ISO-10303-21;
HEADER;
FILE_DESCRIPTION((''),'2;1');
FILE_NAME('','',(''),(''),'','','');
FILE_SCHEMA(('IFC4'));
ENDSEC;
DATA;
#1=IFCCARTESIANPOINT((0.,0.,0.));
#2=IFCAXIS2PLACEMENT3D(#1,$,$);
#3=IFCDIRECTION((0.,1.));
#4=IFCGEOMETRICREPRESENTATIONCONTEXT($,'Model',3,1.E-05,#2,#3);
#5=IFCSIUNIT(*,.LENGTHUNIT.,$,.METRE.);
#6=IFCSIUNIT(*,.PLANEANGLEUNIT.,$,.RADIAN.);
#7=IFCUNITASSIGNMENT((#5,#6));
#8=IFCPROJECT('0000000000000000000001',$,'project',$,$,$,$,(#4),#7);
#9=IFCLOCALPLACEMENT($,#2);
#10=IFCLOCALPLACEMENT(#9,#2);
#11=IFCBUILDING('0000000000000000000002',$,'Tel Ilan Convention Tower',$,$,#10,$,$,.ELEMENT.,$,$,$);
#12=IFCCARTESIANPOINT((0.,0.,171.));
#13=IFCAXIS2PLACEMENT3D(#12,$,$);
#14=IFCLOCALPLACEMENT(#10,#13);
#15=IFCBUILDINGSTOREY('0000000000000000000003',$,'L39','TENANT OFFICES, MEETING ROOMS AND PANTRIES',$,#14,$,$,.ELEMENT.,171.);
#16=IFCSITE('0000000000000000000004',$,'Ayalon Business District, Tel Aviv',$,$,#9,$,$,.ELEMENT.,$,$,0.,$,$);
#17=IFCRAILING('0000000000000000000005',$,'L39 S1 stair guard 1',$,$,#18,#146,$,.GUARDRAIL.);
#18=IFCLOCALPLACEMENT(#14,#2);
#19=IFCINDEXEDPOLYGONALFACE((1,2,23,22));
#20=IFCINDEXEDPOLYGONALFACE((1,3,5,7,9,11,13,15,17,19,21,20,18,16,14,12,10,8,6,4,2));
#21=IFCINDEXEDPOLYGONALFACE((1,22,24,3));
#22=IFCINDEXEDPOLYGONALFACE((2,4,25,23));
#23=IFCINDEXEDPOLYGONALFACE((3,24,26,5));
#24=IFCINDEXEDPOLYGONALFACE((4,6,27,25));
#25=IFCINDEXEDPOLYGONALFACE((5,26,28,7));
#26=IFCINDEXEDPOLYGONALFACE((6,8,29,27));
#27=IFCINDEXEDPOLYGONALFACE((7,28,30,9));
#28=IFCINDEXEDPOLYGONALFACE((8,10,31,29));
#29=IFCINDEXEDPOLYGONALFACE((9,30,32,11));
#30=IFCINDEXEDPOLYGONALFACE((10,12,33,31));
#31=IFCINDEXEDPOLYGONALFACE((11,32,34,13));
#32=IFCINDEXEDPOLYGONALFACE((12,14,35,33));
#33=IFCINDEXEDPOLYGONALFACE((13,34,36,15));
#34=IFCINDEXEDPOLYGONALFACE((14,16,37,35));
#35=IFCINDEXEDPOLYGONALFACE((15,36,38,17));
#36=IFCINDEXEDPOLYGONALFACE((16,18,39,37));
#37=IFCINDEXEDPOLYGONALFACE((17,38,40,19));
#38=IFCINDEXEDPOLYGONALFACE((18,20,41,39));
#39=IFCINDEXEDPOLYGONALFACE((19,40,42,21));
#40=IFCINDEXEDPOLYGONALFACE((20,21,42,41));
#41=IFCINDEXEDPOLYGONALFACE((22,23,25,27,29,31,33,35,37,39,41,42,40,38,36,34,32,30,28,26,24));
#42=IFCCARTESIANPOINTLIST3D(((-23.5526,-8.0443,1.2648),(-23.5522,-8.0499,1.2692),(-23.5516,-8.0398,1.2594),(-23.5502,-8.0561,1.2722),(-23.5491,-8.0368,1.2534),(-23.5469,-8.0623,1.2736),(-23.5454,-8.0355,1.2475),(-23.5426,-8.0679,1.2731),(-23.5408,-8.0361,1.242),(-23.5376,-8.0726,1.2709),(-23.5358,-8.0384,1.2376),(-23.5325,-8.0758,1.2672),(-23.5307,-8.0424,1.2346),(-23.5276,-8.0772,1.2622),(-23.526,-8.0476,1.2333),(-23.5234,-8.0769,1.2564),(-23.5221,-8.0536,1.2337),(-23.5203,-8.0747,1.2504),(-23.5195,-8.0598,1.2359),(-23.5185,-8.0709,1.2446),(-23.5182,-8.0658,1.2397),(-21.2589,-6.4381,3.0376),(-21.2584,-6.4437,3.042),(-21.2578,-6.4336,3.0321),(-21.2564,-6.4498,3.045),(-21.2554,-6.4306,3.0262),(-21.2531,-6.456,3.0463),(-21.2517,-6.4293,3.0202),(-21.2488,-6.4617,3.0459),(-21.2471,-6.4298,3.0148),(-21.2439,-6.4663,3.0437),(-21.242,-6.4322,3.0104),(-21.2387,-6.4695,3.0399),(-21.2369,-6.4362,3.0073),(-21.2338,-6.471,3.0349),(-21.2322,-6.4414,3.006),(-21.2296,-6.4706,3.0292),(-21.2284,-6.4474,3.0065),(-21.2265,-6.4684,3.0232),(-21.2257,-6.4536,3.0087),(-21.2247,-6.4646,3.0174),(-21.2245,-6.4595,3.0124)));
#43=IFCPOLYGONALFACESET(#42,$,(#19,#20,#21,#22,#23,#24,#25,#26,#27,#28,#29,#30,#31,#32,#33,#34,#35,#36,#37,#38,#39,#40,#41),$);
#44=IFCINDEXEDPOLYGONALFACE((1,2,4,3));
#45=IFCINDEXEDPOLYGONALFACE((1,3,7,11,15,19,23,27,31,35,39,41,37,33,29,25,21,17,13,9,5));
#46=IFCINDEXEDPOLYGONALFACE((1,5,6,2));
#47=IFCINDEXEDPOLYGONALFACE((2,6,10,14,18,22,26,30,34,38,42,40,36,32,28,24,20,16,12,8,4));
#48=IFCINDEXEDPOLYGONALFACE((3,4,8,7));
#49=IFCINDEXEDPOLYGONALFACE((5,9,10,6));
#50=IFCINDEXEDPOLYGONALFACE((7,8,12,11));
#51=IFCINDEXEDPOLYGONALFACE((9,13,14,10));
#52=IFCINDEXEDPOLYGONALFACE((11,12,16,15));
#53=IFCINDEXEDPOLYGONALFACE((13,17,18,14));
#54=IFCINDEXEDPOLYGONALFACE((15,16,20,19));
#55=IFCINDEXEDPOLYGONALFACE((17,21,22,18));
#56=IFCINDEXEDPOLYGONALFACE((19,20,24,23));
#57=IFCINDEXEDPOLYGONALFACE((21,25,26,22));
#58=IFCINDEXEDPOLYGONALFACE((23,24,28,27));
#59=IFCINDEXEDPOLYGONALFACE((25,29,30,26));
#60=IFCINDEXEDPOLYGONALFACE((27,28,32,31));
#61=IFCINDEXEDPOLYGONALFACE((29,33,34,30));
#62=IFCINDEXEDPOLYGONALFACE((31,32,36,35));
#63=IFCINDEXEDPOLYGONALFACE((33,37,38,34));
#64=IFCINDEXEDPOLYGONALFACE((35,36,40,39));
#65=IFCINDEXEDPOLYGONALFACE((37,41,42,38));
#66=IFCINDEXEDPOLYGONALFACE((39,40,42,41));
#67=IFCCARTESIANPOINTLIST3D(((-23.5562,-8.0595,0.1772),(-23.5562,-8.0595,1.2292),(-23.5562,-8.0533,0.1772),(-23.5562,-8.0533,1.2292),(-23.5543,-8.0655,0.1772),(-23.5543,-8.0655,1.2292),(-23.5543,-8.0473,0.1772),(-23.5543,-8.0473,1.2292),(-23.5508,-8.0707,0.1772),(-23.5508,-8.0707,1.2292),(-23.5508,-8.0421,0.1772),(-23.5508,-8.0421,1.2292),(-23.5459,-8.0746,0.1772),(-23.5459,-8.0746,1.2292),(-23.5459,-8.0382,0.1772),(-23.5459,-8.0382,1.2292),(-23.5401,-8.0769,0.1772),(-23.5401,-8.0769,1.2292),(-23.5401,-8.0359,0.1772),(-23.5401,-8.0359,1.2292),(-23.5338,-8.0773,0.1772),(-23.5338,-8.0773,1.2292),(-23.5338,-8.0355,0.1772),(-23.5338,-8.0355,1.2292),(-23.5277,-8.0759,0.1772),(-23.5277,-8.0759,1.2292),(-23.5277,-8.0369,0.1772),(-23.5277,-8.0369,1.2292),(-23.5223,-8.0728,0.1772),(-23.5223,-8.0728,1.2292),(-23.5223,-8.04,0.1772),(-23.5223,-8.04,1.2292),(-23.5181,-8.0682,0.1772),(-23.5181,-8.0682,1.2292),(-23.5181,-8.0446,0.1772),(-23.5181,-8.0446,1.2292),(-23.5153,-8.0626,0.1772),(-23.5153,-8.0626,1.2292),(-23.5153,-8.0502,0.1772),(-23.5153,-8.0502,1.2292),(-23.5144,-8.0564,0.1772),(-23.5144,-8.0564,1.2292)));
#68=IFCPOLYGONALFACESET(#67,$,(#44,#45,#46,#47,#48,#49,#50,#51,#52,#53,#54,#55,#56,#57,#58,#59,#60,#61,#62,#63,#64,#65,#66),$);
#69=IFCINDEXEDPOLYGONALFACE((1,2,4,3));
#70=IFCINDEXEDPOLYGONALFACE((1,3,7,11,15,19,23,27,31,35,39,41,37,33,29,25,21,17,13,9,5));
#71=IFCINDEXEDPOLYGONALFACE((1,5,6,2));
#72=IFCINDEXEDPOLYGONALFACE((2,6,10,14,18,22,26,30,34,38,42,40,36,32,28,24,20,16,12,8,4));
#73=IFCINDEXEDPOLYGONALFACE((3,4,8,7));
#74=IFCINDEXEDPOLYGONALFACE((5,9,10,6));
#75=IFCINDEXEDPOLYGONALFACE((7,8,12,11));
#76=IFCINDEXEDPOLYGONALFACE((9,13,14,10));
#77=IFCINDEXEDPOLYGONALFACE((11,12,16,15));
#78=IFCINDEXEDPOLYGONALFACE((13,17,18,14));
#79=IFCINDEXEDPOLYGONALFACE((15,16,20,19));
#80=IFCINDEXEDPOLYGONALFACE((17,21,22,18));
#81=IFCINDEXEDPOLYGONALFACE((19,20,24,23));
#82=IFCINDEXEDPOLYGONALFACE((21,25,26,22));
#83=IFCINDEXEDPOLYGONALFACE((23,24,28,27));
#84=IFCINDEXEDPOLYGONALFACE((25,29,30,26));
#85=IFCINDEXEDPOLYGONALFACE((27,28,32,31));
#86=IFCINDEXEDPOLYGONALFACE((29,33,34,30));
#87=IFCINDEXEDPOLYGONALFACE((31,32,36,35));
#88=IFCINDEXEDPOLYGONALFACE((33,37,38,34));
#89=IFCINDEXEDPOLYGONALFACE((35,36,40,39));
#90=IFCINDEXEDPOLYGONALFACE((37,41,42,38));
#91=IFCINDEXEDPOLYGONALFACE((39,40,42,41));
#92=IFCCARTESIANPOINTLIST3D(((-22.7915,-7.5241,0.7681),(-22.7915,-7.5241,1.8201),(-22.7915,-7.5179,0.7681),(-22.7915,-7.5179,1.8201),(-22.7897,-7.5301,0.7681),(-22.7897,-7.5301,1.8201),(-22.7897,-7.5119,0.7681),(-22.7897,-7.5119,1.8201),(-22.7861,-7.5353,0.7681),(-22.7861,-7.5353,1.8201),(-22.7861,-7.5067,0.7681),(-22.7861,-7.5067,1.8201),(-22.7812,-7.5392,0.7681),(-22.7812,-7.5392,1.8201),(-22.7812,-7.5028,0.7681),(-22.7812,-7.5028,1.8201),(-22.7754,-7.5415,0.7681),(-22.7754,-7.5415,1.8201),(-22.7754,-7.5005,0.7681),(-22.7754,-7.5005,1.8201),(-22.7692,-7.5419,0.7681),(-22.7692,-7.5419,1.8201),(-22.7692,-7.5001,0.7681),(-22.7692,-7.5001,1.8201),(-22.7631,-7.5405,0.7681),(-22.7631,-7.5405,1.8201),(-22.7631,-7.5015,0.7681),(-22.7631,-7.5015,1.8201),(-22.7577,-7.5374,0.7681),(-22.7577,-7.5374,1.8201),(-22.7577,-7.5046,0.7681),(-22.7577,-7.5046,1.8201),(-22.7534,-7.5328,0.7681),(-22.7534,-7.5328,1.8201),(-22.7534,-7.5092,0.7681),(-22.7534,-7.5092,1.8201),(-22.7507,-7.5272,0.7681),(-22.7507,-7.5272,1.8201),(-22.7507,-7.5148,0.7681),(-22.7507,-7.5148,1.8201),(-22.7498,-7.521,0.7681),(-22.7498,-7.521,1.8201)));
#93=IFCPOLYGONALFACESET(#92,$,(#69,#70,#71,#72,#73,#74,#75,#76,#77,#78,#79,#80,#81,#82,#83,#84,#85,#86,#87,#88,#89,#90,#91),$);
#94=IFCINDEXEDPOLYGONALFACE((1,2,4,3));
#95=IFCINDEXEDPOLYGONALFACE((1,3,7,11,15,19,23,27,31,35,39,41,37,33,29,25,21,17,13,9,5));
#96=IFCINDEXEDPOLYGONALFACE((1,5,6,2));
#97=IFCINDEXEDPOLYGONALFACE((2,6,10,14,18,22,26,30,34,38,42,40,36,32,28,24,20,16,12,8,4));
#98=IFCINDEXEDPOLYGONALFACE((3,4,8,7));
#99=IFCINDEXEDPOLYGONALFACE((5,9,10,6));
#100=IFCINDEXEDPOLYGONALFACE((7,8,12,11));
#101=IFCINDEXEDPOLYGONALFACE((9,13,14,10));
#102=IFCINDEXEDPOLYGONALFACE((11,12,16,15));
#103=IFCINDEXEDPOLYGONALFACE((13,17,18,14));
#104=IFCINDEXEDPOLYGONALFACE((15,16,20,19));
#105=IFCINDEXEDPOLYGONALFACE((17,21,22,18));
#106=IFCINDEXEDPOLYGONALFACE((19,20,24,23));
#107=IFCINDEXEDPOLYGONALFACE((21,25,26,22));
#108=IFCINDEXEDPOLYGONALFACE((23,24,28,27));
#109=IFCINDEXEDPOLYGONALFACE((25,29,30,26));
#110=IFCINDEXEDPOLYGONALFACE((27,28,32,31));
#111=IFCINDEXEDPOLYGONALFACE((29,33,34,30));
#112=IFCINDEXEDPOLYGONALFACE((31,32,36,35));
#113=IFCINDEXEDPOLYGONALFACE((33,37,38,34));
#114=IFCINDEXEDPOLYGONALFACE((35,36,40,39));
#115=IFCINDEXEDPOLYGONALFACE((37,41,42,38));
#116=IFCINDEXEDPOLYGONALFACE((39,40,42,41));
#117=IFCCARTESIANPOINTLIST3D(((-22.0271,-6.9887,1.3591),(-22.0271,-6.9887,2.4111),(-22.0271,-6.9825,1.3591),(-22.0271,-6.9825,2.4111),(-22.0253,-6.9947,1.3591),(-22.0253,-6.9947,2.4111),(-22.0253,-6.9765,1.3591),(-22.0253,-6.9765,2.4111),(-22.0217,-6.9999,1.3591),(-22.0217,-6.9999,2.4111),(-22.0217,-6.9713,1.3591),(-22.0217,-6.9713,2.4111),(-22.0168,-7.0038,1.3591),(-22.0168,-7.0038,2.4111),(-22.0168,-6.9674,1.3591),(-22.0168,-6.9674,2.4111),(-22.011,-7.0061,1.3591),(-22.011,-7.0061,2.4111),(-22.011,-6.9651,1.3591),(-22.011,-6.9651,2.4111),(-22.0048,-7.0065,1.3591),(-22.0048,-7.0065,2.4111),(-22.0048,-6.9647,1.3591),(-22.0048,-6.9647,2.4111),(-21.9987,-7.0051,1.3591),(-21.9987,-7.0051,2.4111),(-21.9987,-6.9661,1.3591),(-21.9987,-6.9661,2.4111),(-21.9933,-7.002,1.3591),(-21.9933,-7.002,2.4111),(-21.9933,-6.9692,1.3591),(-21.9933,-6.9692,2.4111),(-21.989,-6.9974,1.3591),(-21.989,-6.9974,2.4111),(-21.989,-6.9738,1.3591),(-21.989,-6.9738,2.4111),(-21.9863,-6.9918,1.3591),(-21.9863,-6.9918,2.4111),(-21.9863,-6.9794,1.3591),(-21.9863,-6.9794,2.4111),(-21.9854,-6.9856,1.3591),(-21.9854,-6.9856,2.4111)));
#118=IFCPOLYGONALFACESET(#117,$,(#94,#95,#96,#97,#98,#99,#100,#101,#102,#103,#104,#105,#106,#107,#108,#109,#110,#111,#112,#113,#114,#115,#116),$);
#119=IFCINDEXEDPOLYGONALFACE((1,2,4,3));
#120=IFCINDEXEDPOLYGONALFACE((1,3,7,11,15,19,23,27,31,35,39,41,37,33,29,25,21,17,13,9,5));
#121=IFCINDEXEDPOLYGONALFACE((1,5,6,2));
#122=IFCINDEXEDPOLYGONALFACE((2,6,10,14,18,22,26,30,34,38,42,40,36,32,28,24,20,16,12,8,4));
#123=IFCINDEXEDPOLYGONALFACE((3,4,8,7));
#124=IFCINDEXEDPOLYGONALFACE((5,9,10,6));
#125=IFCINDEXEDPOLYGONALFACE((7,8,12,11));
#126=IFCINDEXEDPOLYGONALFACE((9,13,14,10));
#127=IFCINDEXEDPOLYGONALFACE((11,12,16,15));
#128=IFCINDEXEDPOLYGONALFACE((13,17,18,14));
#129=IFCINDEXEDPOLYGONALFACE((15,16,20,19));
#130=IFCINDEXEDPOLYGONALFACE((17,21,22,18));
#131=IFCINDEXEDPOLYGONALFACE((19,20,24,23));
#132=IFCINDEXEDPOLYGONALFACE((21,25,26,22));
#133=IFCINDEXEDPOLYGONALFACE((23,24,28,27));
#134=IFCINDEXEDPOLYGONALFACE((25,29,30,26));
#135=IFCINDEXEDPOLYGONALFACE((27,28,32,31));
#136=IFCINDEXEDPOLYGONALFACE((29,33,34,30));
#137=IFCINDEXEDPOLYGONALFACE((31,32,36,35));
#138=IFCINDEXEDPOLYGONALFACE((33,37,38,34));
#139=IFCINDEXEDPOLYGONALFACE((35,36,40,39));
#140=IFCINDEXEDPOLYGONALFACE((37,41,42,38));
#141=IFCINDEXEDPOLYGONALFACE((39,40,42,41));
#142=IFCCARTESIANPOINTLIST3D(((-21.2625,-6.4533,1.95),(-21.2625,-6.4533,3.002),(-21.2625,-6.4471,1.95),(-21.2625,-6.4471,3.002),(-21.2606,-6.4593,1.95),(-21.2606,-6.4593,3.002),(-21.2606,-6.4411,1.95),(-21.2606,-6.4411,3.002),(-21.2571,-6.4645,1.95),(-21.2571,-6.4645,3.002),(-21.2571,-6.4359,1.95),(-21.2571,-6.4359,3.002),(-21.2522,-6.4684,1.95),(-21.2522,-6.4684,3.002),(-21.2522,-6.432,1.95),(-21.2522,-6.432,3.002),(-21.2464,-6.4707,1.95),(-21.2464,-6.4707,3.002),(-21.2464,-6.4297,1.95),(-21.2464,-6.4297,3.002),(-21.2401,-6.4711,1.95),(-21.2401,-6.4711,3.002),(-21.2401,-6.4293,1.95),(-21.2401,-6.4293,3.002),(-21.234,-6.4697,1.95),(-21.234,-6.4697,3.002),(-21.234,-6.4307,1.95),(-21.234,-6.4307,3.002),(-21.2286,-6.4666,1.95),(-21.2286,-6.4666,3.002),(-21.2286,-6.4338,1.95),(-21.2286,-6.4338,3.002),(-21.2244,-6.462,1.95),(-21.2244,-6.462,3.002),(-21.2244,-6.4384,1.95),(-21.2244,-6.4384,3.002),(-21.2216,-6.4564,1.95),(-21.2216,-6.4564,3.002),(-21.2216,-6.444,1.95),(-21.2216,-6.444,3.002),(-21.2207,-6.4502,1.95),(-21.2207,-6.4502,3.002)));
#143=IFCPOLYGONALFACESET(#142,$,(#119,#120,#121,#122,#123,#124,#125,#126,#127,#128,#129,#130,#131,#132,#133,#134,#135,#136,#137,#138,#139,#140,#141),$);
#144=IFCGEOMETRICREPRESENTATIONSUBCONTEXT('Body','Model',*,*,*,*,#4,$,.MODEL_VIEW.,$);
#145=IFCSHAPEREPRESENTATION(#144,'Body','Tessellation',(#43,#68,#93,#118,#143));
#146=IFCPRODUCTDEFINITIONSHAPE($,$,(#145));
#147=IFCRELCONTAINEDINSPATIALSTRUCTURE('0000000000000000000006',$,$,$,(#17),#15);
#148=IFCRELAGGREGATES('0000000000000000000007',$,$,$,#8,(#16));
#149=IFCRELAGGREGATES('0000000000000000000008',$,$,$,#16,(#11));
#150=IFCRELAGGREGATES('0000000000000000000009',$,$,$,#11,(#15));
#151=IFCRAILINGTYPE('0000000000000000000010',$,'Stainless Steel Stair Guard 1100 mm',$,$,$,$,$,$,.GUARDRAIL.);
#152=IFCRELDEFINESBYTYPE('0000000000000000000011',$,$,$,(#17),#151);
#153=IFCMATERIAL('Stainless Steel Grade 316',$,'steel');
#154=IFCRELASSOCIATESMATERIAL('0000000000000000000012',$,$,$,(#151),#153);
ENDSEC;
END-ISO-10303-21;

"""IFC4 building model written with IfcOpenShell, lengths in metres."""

from ifc_helpers import new_model, si_unit, direction, frame, origin, origin_2d, place, context, subcontext, project, spatial, circle, extrude, material, type_object, element, save


model = new_model("IFC4")

# Units and contexts
model_context = context("Model", 3, precision=1e-05, world=origin(), true_north=direction((0.0, 1.0)))
body_context = subcontext(model_context, "Body", "Model", "MODEL_VIEW")
ifc_project = project(units=[si_unit("LENGTHUNIT", "METRE"), si_unit("PLANEANGLEUNIT", "RADIAN")], contexts=[model_context])

# Site, building, storey
site_placement = place(None, origin())
site = spatial("IfcSite", under=ifc_project, at=site_placement, Name="Ayalon Business District, Tel Aviv", CompositionType="ELEMENT", RefElevation=0.0)
building_placement = place(site_placement, origin())
building = spatial("IfcBuilding", under=site, at=building_placement, Name="Tel Ilan Convention Tower", CompositionType="ELEMENT")
storey_placement = place(building_placement, frame((0.0, 0.0, 171.0)))
storey = spatial("IfcBuildingStorey", under=building, at=storey_placement, Name="L39", Description="TENANT OFFICES, MEETING ROOMS AND PANTRIES", CompositionType="ELEMENT", Elevation=171.0)

# Railing
ifc_material_1 = material(Name="Stainless Steel Grade 316", Category="steel")
railing_type_1 = type_object("IfcRailingType", Name="Stainless Steel Stair Guard 1100 mm", PredefinedType="GUARDRAIL", material=ifc_material_1)
railing_1_placement = place(storey_placement, frame((-23.5354, -8.0564, 0.1772)))
element("IfcRailing", 1, at=railing_1_placement, inside=storey, type_object=railing_type_1, Name="L39 S1 stair guard 1", PredefinedType="GUARDRAIL", context=body_context, shape_type="SweptSolid", body=[
    extrude(circle(Radius=0.0239, at=origin_2d()), frame((0.0, 0.0, 1.0762), z_axis=(0.692098, 0.484653, 0.534894), x_axis=(-0.573609, 0.81913, 0.0)), (0.0, 0.0, 1.0), 3.3142),
    extrude(circle(Radius=0.021, at=origin_2d()), origin(), (0.0, 0.0, 1.0), 1.052),
    extrude(circle(Radius=0.021, at=origin_2d()), frame((0.7646, 0.5354, 0.5908)), (0.0, 0.0, 1.0), 1.052),
    extrude(circle(Radius=0.021, at=origin_2d()), frame((1.5291, 1.0708, 1.1819)), (0.0, 0.0, 1.0), 1.052),
    extrude(circle(Radius=0.021, at=origin_2d()), frame((2.2937, 1.6062, 1.7727)), (0.0, 0.0, 1.0), 1.052),
])

save(model, "model.ifc")
